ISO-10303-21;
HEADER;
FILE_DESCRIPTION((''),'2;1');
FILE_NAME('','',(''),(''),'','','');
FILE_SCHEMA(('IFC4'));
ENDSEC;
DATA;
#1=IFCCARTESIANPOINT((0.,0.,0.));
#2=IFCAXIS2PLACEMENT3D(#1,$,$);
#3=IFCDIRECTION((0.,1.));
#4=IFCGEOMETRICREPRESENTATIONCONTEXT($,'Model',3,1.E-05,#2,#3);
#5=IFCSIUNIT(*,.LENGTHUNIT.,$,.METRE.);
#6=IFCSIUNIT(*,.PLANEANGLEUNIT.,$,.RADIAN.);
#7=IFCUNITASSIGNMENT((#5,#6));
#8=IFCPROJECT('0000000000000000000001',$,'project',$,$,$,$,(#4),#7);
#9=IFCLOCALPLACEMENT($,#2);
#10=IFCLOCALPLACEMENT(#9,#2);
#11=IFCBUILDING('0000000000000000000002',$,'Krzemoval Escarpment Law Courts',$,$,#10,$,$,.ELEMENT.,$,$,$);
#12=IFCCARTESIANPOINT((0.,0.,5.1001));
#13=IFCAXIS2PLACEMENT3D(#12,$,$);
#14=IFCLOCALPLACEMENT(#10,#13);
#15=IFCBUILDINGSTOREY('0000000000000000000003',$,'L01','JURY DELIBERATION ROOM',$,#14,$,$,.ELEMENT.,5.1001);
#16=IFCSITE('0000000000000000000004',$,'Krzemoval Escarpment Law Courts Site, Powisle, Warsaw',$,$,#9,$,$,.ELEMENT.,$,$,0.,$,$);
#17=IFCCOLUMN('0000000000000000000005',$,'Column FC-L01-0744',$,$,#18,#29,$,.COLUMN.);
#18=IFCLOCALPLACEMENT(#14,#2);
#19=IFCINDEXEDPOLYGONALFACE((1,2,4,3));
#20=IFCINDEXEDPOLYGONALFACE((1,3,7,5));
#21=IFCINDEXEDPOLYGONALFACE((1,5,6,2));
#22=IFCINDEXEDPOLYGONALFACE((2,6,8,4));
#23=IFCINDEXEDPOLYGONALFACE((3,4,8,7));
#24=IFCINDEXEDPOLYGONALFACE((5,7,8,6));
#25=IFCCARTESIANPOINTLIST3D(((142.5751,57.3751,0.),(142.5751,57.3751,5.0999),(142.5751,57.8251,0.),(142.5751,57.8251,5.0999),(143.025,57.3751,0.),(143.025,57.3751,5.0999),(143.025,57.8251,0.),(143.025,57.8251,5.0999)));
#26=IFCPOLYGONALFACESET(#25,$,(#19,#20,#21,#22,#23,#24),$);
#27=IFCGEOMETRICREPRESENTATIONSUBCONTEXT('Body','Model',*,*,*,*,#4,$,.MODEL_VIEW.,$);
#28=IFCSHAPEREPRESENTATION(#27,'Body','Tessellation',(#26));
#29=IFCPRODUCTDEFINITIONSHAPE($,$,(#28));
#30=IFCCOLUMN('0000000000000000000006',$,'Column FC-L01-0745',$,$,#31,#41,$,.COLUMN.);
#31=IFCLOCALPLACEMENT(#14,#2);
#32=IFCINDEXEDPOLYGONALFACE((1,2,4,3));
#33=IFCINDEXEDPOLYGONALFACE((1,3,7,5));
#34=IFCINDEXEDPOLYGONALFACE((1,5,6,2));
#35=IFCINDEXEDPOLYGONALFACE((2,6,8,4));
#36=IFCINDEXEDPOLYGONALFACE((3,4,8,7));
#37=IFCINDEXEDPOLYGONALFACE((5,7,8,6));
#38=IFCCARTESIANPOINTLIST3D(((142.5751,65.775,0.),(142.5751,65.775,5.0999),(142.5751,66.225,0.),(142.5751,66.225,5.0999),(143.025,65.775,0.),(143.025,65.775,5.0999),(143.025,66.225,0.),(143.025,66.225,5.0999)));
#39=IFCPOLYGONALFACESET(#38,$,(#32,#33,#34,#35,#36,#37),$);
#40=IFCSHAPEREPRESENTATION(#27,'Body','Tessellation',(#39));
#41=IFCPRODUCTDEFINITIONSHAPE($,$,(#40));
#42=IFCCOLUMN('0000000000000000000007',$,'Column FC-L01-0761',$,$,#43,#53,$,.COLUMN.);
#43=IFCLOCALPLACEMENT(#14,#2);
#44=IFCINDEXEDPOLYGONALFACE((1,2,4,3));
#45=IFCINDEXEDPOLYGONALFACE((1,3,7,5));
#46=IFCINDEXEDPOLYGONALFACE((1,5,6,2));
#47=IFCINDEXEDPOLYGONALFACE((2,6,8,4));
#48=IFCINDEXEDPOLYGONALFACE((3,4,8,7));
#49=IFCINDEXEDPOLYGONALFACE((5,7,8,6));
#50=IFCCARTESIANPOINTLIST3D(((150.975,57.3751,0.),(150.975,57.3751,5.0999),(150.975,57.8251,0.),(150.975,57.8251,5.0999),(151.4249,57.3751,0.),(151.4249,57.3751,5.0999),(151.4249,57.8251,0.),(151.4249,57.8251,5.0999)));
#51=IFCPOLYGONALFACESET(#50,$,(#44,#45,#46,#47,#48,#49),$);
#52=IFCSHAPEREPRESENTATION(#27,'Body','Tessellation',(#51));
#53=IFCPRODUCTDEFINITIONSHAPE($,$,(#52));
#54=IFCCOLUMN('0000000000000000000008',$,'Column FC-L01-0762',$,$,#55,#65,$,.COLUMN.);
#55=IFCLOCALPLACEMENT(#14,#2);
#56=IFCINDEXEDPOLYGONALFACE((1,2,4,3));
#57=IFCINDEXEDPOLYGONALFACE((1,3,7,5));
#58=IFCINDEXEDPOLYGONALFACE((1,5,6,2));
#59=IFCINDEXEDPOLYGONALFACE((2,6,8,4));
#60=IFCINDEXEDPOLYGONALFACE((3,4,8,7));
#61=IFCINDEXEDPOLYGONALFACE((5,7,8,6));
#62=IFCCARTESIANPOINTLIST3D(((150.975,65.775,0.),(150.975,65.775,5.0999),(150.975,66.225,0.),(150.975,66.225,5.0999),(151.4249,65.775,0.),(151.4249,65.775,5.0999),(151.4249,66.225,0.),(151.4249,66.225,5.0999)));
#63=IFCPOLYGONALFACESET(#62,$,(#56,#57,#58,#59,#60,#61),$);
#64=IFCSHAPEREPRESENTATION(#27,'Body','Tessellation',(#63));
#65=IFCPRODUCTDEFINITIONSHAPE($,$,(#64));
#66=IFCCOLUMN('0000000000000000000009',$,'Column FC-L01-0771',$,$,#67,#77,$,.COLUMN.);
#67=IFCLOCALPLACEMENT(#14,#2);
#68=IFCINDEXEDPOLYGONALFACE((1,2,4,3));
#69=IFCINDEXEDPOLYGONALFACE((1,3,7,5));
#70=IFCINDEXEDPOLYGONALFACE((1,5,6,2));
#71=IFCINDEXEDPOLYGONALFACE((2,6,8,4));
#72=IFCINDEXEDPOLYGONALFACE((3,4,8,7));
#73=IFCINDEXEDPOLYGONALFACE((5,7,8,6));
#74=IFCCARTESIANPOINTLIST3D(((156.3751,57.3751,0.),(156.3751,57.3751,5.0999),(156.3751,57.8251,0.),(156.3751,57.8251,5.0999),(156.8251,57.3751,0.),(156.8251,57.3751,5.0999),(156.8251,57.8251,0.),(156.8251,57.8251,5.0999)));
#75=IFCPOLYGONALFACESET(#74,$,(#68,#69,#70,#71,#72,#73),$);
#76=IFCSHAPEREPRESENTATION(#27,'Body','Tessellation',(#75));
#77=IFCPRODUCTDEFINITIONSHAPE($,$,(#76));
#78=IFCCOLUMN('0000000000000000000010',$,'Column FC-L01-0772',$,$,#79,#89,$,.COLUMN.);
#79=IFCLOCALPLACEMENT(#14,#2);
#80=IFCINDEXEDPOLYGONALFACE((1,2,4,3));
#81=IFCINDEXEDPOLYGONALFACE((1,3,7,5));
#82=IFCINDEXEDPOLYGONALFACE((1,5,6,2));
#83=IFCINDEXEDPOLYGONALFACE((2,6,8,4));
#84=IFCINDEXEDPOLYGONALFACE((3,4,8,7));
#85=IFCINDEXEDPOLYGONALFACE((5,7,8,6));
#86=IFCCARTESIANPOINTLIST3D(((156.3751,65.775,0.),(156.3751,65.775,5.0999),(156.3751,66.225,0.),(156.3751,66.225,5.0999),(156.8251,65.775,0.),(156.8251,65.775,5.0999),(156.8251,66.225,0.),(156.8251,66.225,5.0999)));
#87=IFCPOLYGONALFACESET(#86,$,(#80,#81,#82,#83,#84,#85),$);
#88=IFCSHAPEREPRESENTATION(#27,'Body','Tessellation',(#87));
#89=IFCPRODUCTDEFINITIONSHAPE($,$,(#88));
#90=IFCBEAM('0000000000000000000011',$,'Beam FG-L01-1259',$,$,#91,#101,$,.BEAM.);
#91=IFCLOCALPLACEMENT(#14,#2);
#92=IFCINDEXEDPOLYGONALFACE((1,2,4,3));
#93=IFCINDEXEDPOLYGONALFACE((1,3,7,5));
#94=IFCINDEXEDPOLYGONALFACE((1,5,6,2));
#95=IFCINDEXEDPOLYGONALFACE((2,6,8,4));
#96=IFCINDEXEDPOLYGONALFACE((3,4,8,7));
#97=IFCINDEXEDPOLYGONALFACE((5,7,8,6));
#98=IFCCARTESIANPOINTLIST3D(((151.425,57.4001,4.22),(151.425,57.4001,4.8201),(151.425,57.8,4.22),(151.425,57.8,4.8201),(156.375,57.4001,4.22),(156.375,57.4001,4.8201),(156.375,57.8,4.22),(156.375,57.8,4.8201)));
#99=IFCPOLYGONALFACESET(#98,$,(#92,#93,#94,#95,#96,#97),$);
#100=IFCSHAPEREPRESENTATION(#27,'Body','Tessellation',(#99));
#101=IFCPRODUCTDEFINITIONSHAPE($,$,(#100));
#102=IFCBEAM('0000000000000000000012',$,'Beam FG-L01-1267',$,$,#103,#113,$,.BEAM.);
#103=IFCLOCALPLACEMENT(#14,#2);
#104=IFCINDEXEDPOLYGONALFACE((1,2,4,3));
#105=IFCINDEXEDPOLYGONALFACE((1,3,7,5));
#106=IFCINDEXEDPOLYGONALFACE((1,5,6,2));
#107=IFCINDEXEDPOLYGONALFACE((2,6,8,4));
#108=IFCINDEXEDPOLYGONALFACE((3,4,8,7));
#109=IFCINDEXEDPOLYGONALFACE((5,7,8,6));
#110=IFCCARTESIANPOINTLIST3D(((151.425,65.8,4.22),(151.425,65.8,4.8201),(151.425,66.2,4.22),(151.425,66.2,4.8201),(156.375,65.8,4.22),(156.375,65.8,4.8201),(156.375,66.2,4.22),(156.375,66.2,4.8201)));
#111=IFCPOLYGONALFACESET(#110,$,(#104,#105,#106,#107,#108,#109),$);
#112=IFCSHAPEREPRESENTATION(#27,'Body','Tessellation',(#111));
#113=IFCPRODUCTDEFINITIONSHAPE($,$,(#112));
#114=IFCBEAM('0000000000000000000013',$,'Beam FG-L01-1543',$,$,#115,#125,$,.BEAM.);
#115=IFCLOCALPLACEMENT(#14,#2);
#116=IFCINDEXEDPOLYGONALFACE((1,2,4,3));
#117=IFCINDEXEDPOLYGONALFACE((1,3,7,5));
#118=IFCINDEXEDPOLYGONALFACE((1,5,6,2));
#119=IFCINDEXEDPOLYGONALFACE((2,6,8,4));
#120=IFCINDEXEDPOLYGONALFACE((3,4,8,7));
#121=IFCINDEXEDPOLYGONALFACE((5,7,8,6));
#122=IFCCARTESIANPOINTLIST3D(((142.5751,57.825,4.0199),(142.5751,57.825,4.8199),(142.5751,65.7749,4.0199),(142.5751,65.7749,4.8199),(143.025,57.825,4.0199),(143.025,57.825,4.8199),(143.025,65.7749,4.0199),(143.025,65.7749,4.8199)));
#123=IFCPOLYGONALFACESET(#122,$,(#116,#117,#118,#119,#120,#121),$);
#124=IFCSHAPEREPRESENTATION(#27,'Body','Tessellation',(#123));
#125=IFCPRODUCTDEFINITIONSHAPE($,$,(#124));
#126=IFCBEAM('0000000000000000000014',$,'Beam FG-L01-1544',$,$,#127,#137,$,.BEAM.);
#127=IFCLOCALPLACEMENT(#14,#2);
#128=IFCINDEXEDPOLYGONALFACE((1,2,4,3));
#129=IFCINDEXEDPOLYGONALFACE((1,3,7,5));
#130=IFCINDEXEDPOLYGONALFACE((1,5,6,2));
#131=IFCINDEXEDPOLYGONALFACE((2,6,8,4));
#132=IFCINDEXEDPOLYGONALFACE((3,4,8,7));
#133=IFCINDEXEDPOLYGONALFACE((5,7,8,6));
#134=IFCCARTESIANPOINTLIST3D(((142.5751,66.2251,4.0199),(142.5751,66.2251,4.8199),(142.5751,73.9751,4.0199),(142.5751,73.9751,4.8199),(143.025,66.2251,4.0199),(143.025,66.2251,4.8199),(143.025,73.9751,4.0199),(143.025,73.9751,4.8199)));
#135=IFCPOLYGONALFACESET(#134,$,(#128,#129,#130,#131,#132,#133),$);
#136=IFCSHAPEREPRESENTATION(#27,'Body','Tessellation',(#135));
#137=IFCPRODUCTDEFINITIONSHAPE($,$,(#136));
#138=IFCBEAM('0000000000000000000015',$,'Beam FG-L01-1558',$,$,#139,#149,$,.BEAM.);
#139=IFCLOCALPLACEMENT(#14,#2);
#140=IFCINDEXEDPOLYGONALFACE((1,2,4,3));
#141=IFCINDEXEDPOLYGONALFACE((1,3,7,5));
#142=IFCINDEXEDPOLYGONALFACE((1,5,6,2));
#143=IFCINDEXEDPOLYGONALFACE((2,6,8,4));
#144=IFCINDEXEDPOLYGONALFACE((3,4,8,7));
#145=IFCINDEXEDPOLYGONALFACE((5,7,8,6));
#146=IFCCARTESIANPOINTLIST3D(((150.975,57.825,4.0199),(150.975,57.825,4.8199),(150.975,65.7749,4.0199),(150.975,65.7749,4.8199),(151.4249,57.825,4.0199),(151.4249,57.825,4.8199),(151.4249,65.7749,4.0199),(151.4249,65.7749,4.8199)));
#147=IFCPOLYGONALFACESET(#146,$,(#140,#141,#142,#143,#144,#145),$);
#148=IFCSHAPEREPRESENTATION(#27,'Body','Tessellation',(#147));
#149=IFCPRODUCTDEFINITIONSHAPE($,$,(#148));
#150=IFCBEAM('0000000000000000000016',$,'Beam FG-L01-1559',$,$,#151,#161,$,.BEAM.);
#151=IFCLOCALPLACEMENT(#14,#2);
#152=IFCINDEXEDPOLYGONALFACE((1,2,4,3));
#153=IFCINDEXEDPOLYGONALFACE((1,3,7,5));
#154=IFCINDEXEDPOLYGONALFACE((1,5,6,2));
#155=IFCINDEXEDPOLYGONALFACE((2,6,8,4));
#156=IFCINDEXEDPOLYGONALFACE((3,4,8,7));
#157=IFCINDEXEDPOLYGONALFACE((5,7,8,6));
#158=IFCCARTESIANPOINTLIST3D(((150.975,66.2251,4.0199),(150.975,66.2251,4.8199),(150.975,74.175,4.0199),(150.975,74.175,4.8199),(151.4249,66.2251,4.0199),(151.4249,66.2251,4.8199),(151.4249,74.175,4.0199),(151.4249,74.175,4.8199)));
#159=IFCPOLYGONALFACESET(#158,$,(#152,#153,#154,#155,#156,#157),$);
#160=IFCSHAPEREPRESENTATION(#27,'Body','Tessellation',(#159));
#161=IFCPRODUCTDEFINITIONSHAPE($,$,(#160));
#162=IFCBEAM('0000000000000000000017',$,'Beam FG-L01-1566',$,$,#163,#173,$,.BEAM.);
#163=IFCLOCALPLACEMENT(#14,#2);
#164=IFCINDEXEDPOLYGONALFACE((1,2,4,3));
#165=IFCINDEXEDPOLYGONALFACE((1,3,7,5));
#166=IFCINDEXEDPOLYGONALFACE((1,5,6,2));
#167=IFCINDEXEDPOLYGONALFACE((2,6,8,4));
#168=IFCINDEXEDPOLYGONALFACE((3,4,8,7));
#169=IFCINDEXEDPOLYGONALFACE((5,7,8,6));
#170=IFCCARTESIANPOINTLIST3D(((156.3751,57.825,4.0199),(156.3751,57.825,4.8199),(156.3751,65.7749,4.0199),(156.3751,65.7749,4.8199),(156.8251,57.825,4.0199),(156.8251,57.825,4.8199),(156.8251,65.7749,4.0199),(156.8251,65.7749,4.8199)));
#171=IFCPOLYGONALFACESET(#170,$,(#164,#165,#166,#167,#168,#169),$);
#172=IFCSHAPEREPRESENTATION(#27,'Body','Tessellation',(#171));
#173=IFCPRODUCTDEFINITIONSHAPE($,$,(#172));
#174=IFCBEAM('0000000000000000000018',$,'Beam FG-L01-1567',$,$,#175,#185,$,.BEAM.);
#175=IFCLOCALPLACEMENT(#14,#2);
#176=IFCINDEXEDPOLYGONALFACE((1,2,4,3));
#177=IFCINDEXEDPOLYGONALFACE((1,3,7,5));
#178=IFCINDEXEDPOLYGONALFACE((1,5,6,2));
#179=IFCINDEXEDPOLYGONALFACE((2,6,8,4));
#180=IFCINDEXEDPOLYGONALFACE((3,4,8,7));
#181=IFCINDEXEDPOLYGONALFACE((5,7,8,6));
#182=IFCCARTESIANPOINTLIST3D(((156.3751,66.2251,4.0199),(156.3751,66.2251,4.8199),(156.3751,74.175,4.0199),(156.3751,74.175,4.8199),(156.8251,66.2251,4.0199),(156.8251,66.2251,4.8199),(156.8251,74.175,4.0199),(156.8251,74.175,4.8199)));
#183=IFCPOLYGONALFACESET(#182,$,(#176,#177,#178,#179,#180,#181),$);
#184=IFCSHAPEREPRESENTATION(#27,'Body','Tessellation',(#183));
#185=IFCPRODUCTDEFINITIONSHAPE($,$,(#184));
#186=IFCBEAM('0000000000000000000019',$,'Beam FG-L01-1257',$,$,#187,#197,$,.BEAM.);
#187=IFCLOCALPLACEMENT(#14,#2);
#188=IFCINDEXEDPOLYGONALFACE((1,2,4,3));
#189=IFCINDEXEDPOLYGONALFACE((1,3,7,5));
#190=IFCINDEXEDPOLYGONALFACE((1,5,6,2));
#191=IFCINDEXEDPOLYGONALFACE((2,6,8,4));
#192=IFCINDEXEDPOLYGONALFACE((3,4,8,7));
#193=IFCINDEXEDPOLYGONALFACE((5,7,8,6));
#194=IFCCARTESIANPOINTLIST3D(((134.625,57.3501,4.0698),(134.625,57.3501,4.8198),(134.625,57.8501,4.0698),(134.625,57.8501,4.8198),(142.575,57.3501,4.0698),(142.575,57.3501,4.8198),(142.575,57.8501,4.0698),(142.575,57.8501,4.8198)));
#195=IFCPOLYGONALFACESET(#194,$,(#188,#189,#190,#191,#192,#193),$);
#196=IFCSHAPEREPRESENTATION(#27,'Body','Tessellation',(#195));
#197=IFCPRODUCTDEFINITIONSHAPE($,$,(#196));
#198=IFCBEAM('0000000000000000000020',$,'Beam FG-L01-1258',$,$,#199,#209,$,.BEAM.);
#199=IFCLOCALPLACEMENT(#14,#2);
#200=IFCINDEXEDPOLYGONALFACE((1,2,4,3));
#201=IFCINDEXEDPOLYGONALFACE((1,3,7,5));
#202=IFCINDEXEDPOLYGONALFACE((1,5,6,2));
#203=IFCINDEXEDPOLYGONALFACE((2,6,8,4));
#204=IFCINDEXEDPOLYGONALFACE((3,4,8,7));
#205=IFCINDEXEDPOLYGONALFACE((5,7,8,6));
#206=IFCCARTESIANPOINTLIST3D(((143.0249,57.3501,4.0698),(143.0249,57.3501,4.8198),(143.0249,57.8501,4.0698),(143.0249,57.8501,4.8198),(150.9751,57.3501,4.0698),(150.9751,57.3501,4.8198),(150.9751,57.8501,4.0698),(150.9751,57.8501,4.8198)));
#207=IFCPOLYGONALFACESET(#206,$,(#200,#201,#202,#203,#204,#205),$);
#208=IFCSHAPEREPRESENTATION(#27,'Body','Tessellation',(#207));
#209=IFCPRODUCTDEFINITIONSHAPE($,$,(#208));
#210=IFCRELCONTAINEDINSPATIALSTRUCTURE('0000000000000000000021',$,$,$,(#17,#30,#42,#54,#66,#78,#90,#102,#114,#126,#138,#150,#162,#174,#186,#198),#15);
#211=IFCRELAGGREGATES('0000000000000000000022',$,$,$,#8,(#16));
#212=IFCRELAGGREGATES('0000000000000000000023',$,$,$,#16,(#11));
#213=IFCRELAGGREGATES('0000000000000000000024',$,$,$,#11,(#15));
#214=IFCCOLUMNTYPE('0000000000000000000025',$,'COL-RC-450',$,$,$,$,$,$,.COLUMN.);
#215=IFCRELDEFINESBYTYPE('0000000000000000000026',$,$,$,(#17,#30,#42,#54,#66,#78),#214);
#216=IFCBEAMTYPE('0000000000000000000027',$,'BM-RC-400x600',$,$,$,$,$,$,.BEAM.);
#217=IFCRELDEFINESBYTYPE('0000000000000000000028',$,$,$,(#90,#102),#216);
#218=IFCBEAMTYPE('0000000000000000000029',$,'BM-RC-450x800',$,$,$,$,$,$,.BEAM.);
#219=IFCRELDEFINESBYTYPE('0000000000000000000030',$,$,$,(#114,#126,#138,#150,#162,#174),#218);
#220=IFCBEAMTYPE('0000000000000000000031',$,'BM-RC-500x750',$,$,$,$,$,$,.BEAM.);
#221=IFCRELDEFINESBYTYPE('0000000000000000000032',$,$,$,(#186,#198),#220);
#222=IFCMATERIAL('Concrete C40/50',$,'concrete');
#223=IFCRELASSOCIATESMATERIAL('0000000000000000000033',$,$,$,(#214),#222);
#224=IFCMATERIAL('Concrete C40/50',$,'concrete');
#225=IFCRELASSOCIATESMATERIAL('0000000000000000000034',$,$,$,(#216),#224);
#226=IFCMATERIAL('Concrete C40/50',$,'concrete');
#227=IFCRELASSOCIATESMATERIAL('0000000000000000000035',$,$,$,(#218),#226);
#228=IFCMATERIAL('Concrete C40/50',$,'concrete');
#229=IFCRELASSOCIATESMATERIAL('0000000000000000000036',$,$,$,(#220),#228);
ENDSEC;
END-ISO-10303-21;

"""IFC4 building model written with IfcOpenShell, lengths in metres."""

from ifc_helpers import new_model, si_unit, direction, frame, origin, origin_2d, place, context, subcontext, project, spatial, rectangle, extrude, material, material_profile, profile_set, type_object, element, save


model = new_model("IFC4")

# Units and contexts
model_context = context("Model", 3, precision=1e-05, world=origin(), true_north=direction((0.0, 1.0)))
body_context = subcontext(model_context, "Body", "Model", "MODEL_VIEW")
ifc_project = project(units=[si_unit("LENGTHUNIT", "METRE"), si_unit("PLANEANGLEUNIT", "RADIAN")], contexts=[model_context])

# Site, building, storey
site_placement = place(None, origin())
site = spatial("IfcSite", under=ifc_project, at=site_placement, Name="Krzemoval Escarpment Law Courts Site, Powisle, Warsaw", CompositionType="ELEMENT", RefElevation=0.0)
building_placement = place(site_placement, origin())
building = spatial("IfcBuilding", under=site, at=building_placement, Name="Krzemoval Escarpment Law Courts", CompositionType="ELEMENT")
storey_placement = place(building_placement, frame((0.0, 0.0, 5.1001)))
storey = spatial("IfcBuildingStorey", under=building, at=storey_placement, Name="L01", Description="JURY DELIBERATION ROOM", CompositionType="ELEMENT", Elevation=5.1001)

# Columns
ifc_material_1 = material(Name="Concrete C40/50", Category="concrete")
ifc_material_profile_1 = material_profile(ifc_material_1, rectangle(XDim=0.45, YDim=0.45, at=origin_2d()), Name="RC 450x450")
ifc_profile_set_1 = profile_set([ifc_material_profile_1], Name="Concrete C40/50")
column_type = type_object("IfcColumnType", Name="COL-RC-450", PredefinedType="COLUMN", material=ifc_profile_set_1)
for number, where, z_axis, x_axis, name in (
    (1, (142.8, 57.6001, 0.0), (0.0, 0.0, 1.0), (1.0, 0.0, 0.0), "Column FC-L01-0744"),
    (2, (142.8, 66.0, 0.0), (0.0, 0.0, 1.0), (1.0, 0.0, 0.0), "Column FC-L01-0745"),
    (3, (151.2, 57.6001, 0.0), (0.0, 0.0, 1.0), (1.0, 0.0, 0.0), "Column FC-L01-0761"),
    (4, (151.2, 66.0, 0.0), (0.0, 0.0, 1.0), (1.0, 0.0, 0.0), "Column FC-L01-0762"),
    (5, (156.6001, 57.6001, 0.0), (0.0, 0.0, 1.0), (1.0, 0.0, 0.0), "Column FC-L01-0771"),
    (6, (156.6001, 66.0, 0.0), (0.0, 0.0, 1.0), (1.0, 0.0, 0.0), "Column FC-L01-0772"),
):
    element("IfcColumn", number, at=place(storey_placement, frame(where, z_axis=z_axis, x_axis=x_axis)), inside=storey, type_object=column_type, Name=name, PredefinedType="COLUMN", context=body_context, shape_type="SweptSolid", body=[
        extrude(rectangle(XDim=0.45, YDim=0.45, at=origin_2d()), origin(), (0.0, 0.0, 1.0), 5.0999),
    ])

# Beams
ifc_material_2 = material(Name="Concrete C40/50", Category="concrete")
ifc_material_profile_2 = material_profile(ifc_material_2, rectangle(XDim=0.3999, YDim=0.6001, at=origin_2d()), Name="RCB 400x600")
ifc_profile_set_2 = profile_set([ifc_material_profile_2], Name="Concrete C40/50")
beam_type_1 = type_object("IfcBeamType", Name="BM-RC-400x600", PredefinedType="BEAM", material=ifc_profile_set_2)
for number, where, z_axis, x_axis, name in (
    (7, (151.425, 57.6001, 4.52), (1.0, 0.0, 0.0), (0.0, 1.0, 0.0), "Beam FG-L01-1259"),
    (8, (151.425, 66.0, 4.52), (1.0, 0.0, 0.0), (0.0, 1.0, 0.0), "Beam FG-L01-1267"),
):
    element("IfcBeam", number, at=place(storey_placement, frame(where, z_axis=z_axis, x_axis=x_axis)), inside=storey, type_object=beam_type_1, Name=name, PredefinedType="BEAM", context=body_context, shape_type="SweptSolid", body=[
        extrude(rectangle(XDim=0.3999, YDim=0.6001, at=origin_2d()), origin(), (0.0, 0.0, 1.0), 4.95),
    ])
ifc_material_3 = material(Name="Concrete C40/50", Category="concrete")
ifc_material_profile_3 = material_profile(ifc_material_3, rectangle(XDim=0.45, YDim=0.8, at=origin_2d()), Name="RCB 450x800")
ifc_profile_set_3 = profile_set([ifc_material_profile_3], Name="Concrete C40/50")
beam_type_2 = type_object("IfcBeamType", Name="BM-RC-450x800", PredefinedType="BEAM", material=ifc_profile_set_3)
beam_1_placement = place(storey_placement, frame((142.8, 57.825, 4.4199), z_axis=(0.0, 1.0, 0.0), x_axis=(-1.0, 0.0, 0.0)))
element("IfcBeam", 9, at=beam_1_placement, inside=storey, type_object=beam_type_2, Name="Beam FG-L01-1543", PredefinedType="BEAM", context=body_context, shape_type="SweptSolid", body=[
    extrude(rectangle(XDim=0.45, YDim=0.8, at=origin_2d()), origin(), (0.0, 0.0, 1.0), 7.95),
])
beam_2_placement = place(storey_placement, frame((142.8, 66.2251, 4.4199), z_axis=(0.0, 1.0, 0.0), x_axis=(-1.0, 0.0, 0.0)))
element("IfcBeam", 10, at=beam_2_placement, inside=storey, type_object=beam_type_2, Name="Beam FG-L01-1544", PredefinedType="BEAM", context=body_context, shape_type="SweptSolid", body=[
    extrude(rectangle(XDim=0.45, YDim=0.8, at=origin_2d()), origin(), (0.0, 0.0, 1.0), 7.75),
])
for number, where, z_axis, x_axis, name in (
    (11, (151.2, 57.825, 4.4199), (0.0, 1.0, 0.0), (-1.0, 0.0, 0.0), "Beam FG-L01-1558"),
    (12, (151.2, 66.2251, 4.4199), (0.0, 1.0, 0.0), (-1.0, 0.0, 0.0), "Beam FG-L01-1559"),
    (13, (156.6001, 57.825, 4.4199), (0.0, 1.0, 0.0), (-1.0, 0.0, 0.0), "Beam FG-L01-1566"),
    (14, (156.6001, 66.2251, 4.4199), (0.0, 1.0, 0.0), (-1.0, 0.0, 0.0), "Beam FG-L01-1567"),
):
    element("IfcBeam", number, at=place(storey_placement, frame(where, z_axis=z_axis, x_axis=x_axis)), inside=storey, type_object=beam_type_2, Name=name, PredefinedType="BEAM", context=body_context, shape_type="SweptSolid", body=[
        extrude(rectangle(XDim=0.45, YDim=0.8, at=origin_2d()), origin(), (0.0, 0.0, 1.0), 7.95),
    ])
ifc_material_4 = material(Name="Concrete C40/50", Category="concrete")
ifc_material_profile_4 = material_profile(ifc_material_4, rectangle(XDim=0.5, YDim=0.75, at=origin_2d()), Name="RCB 500x750")
ifc_profile_set_4 = profile_set([ifc_material_profile_4], Name="Concrete C40/50")
beam_type_3 = type_object("IfcBeamType", Name="BM-RC-500x750", PredefinedType="BEAM", material=ifc_profile_set_4)
beam_3_placement = place(storey_placement, frame((134.625, 57.6001, 4.4448), z_axis=(1.0, 0.0, 0.0), x_axis=(0.0, 1.0, 0.0)))
element("IfcBeam", 15, at=beam_3_placement, inside=storey, type_object=beam_type_3, Name="Beam FG-L01-1257", PredefinedType="BEAM", context=body_context, shape_type="SweptSolid", body=[
    extrude(rectangle(XDim=0.5, YDim=0.75, at=origin_2d()), origin(), (0.0, 0.0, 1.0), 7.95),
])
beam_4_placement = place(storey_placement, frame((143.0249, 57.6001, 4.4448), z_axis=(1.0, 0.0, 0.0), x_axis=(0.0, 1.0, 0.0)))
element("IfcBeam", 16, at=beam_4_placement, inside=storey, type_object=beam_type_3, Name="Beam FG-L01-1258", PredefinedType="BEAM", context=body_context, shape_type="SweptSolid", body=[
    extrude(rectangle(XDim=0.5, YDim=0.75, at=origin_2d()), origin(), (0.0, 0.0, 1.0), 7.9502),
])

save(model, "model.ifc")
